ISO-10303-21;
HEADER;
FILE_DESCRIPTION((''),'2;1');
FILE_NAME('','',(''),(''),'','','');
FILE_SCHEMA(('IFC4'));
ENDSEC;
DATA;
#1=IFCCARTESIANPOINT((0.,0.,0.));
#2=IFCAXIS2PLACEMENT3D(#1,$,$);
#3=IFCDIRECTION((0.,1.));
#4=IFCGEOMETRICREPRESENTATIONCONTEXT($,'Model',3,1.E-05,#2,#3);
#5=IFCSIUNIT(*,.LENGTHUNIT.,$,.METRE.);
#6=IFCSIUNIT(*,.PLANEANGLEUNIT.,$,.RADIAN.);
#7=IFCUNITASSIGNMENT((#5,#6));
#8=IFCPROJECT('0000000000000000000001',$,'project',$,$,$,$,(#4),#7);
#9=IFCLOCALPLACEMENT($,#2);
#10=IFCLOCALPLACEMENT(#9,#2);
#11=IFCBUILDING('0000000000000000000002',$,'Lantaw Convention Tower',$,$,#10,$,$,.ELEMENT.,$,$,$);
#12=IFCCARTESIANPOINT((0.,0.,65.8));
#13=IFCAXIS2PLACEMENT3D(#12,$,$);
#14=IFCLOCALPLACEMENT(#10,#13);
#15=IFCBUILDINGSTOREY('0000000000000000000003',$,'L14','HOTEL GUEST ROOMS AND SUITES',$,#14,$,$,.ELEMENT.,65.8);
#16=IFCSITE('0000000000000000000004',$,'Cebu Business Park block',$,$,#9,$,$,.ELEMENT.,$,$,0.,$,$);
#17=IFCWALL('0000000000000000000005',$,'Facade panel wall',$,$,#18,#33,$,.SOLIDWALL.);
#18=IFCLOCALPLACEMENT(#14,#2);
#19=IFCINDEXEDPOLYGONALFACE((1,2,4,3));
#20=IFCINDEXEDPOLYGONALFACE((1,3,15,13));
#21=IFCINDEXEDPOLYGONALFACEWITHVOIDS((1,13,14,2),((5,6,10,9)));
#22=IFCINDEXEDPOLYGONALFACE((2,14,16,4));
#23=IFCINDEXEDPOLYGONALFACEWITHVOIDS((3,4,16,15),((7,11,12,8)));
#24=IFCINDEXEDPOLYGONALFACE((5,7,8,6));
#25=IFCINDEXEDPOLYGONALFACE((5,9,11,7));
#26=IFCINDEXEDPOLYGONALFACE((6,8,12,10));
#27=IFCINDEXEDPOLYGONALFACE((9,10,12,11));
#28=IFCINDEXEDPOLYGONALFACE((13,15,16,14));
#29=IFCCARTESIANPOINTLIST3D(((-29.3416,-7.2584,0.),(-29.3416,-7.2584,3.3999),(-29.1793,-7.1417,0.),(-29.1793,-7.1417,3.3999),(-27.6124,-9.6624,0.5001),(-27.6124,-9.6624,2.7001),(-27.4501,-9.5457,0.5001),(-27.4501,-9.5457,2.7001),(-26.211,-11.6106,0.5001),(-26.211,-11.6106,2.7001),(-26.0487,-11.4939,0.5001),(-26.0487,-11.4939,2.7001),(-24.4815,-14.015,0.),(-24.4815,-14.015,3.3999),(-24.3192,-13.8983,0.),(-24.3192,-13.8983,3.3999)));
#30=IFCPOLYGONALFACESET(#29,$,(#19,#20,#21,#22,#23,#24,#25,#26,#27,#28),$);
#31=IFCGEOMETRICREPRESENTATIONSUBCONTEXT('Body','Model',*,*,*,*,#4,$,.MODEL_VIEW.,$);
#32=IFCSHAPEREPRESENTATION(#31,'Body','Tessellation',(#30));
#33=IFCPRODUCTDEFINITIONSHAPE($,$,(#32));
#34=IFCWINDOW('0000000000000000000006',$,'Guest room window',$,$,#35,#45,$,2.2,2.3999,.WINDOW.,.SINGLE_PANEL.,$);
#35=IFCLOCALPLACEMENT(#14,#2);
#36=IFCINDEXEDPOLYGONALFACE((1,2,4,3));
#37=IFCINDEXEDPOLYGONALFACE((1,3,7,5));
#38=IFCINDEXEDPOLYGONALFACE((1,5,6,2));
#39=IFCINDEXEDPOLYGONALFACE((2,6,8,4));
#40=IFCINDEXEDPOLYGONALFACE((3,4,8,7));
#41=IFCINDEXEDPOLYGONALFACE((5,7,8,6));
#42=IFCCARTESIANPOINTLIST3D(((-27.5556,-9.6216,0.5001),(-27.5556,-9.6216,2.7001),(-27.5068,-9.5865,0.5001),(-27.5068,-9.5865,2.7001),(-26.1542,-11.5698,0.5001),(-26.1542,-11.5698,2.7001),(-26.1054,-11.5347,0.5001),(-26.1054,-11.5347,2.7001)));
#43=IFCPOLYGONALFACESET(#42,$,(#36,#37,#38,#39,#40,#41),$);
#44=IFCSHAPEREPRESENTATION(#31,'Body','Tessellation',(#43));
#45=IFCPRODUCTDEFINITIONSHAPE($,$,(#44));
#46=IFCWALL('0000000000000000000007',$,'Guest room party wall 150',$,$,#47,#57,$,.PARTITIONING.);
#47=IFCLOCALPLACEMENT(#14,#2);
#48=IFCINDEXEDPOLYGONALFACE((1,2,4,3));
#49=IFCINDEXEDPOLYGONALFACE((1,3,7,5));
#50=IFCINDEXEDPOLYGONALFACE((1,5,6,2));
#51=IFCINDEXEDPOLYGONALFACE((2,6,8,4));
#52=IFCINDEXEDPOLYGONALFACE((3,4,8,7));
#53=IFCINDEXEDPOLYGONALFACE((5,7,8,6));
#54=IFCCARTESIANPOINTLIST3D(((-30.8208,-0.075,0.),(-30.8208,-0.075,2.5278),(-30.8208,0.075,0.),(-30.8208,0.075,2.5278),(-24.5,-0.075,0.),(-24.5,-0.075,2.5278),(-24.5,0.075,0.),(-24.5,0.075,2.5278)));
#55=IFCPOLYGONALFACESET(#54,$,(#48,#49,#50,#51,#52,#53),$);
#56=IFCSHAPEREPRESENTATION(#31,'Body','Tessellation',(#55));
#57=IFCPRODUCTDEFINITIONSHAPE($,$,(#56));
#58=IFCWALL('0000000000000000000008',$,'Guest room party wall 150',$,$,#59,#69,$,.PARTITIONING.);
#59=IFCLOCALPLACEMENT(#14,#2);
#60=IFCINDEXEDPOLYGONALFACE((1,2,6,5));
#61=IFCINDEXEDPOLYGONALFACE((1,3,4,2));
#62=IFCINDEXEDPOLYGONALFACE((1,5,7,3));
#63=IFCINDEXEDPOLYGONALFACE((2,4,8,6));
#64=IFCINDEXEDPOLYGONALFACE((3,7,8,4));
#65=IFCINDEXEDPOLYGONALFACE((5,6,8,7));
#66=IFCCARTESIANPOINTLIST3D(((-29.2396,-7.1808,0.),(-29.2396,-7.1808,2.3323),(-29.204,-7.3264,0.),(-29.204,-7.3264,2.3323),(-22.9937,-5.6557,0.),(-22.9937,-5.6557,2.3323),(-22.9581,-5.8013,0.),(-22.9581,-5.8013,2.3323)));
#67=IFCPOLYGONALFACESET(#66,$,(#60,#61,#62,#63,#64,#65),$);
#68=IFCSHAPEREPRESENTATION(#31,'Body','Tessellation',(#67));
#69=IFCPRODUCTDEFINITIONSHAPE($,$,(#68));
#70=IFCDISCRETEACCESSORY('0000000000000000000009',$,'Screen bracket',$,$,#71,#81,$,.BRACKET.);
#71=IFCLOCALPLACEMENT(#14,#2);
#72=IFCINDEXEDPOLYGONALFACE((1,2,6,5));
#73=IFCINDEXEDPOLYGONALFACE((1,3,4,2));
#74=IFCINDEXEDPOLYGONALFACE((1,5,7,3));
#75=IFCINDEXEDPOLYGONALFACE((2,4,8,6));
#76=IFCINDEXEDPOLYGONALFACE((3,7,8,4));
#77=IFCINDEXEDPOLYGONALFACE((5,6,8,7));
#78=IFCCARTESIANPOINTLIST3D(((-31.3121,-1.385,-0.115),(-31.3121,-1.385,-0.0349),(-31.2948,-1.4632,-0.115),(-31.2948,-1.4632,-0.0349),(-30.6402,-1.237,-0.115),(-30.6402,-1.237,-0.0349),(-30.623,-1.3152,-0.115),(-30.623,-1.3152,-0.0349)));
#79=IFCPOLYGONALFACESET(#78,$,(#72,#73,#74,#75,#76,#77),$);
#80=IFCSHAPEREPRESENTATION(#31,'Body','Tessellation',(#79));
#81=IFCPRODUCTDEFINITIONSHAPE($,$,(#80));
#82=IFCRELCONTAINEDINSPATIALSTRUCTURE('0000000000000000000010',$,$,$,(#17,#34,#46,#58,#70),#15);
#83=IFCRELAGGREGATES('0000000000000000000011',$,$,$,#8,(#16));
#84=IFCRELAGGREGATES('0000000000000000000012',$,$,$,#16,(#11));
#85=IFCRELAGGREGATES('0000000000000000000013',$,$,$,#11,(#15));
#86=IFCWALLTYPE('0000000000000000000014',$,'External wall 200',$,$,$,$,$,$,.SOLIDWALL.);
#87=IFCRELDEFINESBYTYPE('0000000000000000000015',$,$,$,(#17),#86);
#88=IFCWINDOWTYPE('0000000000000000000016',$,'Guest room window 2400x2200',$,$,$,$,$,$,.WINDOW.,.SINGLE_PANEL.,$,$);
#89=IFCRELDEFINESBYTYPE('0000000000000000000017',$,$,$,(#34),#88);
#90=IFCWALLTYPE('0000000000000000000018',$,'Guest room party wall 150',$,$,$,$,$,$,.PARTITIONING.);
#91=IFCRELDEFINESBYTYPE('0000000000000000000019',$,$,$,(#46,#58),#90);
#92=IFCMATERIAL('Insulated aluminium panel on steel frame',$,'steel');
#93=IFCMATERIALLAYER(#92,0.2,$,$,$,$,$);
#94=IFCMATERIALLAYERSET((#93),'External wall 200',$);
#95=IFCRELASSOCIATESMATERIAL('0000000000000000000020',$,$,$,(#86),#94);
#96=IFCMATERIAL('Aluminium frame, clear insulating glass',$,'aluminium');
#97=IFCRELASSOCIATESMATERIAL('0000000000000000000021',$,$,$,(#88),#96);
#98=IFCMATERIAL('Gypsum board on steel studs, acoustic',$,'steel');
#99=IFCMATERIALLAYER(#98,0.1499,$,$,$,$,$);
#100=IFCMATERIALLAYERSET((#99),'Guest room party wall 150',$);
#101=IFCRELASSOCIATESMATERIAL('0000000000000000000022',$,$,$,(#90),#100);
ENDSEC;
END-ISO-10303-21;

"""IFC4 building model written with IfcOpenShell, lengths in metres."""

from ifc_helpers import new_model, si_unit, direction, frame, frame_2d, origin, origin_2d, place, context, subcontext, project, spatial, rectangle, extrude, material, layer, layer_set, type_object, element, fill, save


model = new_model("IFC4")

# Units and contexts
model_context = context("Model", 3, precision=1e-05, world=origin(), true_north=direction((0.0, 1.0)))
body_context = subcontext(model_context, "Body", "Model", "MODEL_VIEW")
ifc_project = project(units=[si_unit("LENGTHUNIT", "METRE"), si_unit("PLANEANGLEUNIT", "RADIAN")], contexts=[model_context])

# Site, building, storey
site_placement = place(None, origin())
site = spatial("IfcSite", under=ifc_project, at=site_placement, Name="Cebu Business Park block", CompositionType="ELEMENT", RefElevation=0.0)
building_placement = place(site_placement, origin())
building = spatial("IfcBuilding", under=site, at=building_placement, Name="Lantaw Convention Tower", CompositionType="ELEMENT")
storey_placement = place(building_placement, frame((0.0, 0.0, 65.8)))
storey = spatial("IfcBuildingStorey", under=building, at=storey_placement, Name="L14", Description="HOTEL GUEST ROOMS AND SUITES", CompositionType="ELEMENT", Elevation=65.8)

# Wall, opening, window
ifc_material_1 = material(Name="Insulated aluminium panel on steel frame", Category="steel")
ifc_layer_1 = layer(ifc_material_1, 0.2)
ifc_layer_set_1 = layer_set([ifc_layer_1], Name="External wall 200")
wall_type_1 = type_object("IfcWallType", Name="External wall 200", PredefinedType="SOLIDWALL", material=ifc_layer_set_1)
wall_1_placement = place(storey_placement, frame((-29.2605, -7.2, 0.0), z_axis=(0.0, 0.0, 1.0), x_axis=(0.583938, -0.811799, 0.0)))
wall_1 = element("IfcWall", 1, at=wall_1_placement, inside=storey, type_object=wall_type_1, Name="Facade panel wall", PredefinedType="SOLIDWALL", context=body_context, shape_type="SweptSolid", body=[
    extrude(rectangle(XDim=8.323, YDim=0.2, at=frame_2d((4.1616, 0.0))), origin(), (0.0, 0.0, 1.0), 3.3999),
])
opening_1_placement = place(wall_1_placement, frame((2.9614, 0.0, 0.5)))
opening_1 = element("IfcOpeningElement", 2, at=opening_1_placement, cuts=wall_1, PredefinedType="OPENING", context=body_context, shape_type="SweptSolid", body=[
    extrude(rectangle(XDim=2.3999, YDim=2.2, at=frame_2d((1.2, 1.1001))), frame((0.0, 0.1099, 0.0), z_axis=(0.0, -1.0, 0.0), x_axis=(1.0, 0.0, 0.0)), (0.0, 0.0, 1.0), 0.22),
])
ifc_material_2 = material(Name="Aluminium frame, clear insulating glass", Category="aluminium")
window_type = type_object("IfcWindowType", Name="Guest room window 2400x2200", PartitioningType="SINGLE_PANEL", PredefinedType="WINDOW", material=ifc_material_2)
window_placement = place(opening_1_placement, origin())
window = element("IfcWindow", 3, at=window_placement, inside=storey, type_object=window_type, Name="Guest room window", OverallHeight=2.2, OverallWidth=2.3999, PartitioningType="SINGLE_PANEL", PredefinedType="WINDOW", context=body_context, shape_type="SweptSolid", body=[
    extrude(rectangle(XDim=2.3999, YDim=2.2, at=frame_2d((1.2, 1.1001))), frame((0.0, 0.03, 0.0), z_axis=(0.0, -1.0, 0.0), x_axis=(1.0, 0.0, 0.0)), (0.0, 0.0, 1.0), 0.0601),
])
fill(opening_1, window)

# Walls
ifc_material_3 = material(Name="Gypsum board on steel studs, acoustic", Category="steel")
ifc_layer_2 = layer(ifc_material_3, 0.1499)
ifc_layer_set_2 = layer_set([ifc_layer_2], Name="Guest room party wall 150")
wall_type_2 = type_object("IfcWallType", Name="Guest room party wall 150", PredefinedType="PARTITIONING", material=ifc_layer_set_2)
wall_2_placement = place(storey_placement, frame((-30.8208, 0.0, 0.0), z_axis=(0.0, 0.0, 1.0), x_axis=(1.0, 0.0, 0.0)))
element("IfcWall", 4, at=wall_2_placement, inside=storey, type_object=wall_type_2, Name="Guest room party wall 150", PredefinedType="PARTITIONING", context=body_context, shape_type="SweptSolid", body=[
    extrude(rectangle(XDim=6.3208, YDim=0.1499, at=frame_2d((3.1604, 0.0))), origin(), (0.0, 0.0, 1.0), 2.5278),
])
wall_3_placement = place(storey_placement, frame((-29.2219, -7.2537, 0.0), z_axis=(0.0, 0.0, 1.0), x_axis=(0.971457, 0.237216, 0.0)))
element("IfcWall", 5, at=wall_3_placement, inside=storey, type_object=wall_type_2, Name="Guest room party wall 150", PredefinedType="PARTITIONING", context=body_context, shape_type="SweptSolid", body=[
    extrude(rectangle(XDim=6.4294, YDim=0.1499, at=frame_2d((3.2148, 0.0))), origin(), (0.0, 0.0, 1.0), 2.3323),
])

# Discrete accessory
discrete_accessory_placement = place(storey_placement, frame((-30.9675, -1.3501, -0.115), z_axis=(0.0, 0.0, 1.0), x_axis=(0.215246, -0.97656, 0.0)))
element("IfcDiscreteAccessory", 6, at=discrete_accessory_placement, inside=storey, Name="Screen bracket", PredefinedType="BRACKET", context=body_context, shape_type="SweptSolid", body=[
    extrude(rectangle(XDim=0.0801, YDim=0.688, at=origin_2d()), origin(), (0.0, 0.0, 1.0), 0.0801),
])

save(model, "model.ifc")
